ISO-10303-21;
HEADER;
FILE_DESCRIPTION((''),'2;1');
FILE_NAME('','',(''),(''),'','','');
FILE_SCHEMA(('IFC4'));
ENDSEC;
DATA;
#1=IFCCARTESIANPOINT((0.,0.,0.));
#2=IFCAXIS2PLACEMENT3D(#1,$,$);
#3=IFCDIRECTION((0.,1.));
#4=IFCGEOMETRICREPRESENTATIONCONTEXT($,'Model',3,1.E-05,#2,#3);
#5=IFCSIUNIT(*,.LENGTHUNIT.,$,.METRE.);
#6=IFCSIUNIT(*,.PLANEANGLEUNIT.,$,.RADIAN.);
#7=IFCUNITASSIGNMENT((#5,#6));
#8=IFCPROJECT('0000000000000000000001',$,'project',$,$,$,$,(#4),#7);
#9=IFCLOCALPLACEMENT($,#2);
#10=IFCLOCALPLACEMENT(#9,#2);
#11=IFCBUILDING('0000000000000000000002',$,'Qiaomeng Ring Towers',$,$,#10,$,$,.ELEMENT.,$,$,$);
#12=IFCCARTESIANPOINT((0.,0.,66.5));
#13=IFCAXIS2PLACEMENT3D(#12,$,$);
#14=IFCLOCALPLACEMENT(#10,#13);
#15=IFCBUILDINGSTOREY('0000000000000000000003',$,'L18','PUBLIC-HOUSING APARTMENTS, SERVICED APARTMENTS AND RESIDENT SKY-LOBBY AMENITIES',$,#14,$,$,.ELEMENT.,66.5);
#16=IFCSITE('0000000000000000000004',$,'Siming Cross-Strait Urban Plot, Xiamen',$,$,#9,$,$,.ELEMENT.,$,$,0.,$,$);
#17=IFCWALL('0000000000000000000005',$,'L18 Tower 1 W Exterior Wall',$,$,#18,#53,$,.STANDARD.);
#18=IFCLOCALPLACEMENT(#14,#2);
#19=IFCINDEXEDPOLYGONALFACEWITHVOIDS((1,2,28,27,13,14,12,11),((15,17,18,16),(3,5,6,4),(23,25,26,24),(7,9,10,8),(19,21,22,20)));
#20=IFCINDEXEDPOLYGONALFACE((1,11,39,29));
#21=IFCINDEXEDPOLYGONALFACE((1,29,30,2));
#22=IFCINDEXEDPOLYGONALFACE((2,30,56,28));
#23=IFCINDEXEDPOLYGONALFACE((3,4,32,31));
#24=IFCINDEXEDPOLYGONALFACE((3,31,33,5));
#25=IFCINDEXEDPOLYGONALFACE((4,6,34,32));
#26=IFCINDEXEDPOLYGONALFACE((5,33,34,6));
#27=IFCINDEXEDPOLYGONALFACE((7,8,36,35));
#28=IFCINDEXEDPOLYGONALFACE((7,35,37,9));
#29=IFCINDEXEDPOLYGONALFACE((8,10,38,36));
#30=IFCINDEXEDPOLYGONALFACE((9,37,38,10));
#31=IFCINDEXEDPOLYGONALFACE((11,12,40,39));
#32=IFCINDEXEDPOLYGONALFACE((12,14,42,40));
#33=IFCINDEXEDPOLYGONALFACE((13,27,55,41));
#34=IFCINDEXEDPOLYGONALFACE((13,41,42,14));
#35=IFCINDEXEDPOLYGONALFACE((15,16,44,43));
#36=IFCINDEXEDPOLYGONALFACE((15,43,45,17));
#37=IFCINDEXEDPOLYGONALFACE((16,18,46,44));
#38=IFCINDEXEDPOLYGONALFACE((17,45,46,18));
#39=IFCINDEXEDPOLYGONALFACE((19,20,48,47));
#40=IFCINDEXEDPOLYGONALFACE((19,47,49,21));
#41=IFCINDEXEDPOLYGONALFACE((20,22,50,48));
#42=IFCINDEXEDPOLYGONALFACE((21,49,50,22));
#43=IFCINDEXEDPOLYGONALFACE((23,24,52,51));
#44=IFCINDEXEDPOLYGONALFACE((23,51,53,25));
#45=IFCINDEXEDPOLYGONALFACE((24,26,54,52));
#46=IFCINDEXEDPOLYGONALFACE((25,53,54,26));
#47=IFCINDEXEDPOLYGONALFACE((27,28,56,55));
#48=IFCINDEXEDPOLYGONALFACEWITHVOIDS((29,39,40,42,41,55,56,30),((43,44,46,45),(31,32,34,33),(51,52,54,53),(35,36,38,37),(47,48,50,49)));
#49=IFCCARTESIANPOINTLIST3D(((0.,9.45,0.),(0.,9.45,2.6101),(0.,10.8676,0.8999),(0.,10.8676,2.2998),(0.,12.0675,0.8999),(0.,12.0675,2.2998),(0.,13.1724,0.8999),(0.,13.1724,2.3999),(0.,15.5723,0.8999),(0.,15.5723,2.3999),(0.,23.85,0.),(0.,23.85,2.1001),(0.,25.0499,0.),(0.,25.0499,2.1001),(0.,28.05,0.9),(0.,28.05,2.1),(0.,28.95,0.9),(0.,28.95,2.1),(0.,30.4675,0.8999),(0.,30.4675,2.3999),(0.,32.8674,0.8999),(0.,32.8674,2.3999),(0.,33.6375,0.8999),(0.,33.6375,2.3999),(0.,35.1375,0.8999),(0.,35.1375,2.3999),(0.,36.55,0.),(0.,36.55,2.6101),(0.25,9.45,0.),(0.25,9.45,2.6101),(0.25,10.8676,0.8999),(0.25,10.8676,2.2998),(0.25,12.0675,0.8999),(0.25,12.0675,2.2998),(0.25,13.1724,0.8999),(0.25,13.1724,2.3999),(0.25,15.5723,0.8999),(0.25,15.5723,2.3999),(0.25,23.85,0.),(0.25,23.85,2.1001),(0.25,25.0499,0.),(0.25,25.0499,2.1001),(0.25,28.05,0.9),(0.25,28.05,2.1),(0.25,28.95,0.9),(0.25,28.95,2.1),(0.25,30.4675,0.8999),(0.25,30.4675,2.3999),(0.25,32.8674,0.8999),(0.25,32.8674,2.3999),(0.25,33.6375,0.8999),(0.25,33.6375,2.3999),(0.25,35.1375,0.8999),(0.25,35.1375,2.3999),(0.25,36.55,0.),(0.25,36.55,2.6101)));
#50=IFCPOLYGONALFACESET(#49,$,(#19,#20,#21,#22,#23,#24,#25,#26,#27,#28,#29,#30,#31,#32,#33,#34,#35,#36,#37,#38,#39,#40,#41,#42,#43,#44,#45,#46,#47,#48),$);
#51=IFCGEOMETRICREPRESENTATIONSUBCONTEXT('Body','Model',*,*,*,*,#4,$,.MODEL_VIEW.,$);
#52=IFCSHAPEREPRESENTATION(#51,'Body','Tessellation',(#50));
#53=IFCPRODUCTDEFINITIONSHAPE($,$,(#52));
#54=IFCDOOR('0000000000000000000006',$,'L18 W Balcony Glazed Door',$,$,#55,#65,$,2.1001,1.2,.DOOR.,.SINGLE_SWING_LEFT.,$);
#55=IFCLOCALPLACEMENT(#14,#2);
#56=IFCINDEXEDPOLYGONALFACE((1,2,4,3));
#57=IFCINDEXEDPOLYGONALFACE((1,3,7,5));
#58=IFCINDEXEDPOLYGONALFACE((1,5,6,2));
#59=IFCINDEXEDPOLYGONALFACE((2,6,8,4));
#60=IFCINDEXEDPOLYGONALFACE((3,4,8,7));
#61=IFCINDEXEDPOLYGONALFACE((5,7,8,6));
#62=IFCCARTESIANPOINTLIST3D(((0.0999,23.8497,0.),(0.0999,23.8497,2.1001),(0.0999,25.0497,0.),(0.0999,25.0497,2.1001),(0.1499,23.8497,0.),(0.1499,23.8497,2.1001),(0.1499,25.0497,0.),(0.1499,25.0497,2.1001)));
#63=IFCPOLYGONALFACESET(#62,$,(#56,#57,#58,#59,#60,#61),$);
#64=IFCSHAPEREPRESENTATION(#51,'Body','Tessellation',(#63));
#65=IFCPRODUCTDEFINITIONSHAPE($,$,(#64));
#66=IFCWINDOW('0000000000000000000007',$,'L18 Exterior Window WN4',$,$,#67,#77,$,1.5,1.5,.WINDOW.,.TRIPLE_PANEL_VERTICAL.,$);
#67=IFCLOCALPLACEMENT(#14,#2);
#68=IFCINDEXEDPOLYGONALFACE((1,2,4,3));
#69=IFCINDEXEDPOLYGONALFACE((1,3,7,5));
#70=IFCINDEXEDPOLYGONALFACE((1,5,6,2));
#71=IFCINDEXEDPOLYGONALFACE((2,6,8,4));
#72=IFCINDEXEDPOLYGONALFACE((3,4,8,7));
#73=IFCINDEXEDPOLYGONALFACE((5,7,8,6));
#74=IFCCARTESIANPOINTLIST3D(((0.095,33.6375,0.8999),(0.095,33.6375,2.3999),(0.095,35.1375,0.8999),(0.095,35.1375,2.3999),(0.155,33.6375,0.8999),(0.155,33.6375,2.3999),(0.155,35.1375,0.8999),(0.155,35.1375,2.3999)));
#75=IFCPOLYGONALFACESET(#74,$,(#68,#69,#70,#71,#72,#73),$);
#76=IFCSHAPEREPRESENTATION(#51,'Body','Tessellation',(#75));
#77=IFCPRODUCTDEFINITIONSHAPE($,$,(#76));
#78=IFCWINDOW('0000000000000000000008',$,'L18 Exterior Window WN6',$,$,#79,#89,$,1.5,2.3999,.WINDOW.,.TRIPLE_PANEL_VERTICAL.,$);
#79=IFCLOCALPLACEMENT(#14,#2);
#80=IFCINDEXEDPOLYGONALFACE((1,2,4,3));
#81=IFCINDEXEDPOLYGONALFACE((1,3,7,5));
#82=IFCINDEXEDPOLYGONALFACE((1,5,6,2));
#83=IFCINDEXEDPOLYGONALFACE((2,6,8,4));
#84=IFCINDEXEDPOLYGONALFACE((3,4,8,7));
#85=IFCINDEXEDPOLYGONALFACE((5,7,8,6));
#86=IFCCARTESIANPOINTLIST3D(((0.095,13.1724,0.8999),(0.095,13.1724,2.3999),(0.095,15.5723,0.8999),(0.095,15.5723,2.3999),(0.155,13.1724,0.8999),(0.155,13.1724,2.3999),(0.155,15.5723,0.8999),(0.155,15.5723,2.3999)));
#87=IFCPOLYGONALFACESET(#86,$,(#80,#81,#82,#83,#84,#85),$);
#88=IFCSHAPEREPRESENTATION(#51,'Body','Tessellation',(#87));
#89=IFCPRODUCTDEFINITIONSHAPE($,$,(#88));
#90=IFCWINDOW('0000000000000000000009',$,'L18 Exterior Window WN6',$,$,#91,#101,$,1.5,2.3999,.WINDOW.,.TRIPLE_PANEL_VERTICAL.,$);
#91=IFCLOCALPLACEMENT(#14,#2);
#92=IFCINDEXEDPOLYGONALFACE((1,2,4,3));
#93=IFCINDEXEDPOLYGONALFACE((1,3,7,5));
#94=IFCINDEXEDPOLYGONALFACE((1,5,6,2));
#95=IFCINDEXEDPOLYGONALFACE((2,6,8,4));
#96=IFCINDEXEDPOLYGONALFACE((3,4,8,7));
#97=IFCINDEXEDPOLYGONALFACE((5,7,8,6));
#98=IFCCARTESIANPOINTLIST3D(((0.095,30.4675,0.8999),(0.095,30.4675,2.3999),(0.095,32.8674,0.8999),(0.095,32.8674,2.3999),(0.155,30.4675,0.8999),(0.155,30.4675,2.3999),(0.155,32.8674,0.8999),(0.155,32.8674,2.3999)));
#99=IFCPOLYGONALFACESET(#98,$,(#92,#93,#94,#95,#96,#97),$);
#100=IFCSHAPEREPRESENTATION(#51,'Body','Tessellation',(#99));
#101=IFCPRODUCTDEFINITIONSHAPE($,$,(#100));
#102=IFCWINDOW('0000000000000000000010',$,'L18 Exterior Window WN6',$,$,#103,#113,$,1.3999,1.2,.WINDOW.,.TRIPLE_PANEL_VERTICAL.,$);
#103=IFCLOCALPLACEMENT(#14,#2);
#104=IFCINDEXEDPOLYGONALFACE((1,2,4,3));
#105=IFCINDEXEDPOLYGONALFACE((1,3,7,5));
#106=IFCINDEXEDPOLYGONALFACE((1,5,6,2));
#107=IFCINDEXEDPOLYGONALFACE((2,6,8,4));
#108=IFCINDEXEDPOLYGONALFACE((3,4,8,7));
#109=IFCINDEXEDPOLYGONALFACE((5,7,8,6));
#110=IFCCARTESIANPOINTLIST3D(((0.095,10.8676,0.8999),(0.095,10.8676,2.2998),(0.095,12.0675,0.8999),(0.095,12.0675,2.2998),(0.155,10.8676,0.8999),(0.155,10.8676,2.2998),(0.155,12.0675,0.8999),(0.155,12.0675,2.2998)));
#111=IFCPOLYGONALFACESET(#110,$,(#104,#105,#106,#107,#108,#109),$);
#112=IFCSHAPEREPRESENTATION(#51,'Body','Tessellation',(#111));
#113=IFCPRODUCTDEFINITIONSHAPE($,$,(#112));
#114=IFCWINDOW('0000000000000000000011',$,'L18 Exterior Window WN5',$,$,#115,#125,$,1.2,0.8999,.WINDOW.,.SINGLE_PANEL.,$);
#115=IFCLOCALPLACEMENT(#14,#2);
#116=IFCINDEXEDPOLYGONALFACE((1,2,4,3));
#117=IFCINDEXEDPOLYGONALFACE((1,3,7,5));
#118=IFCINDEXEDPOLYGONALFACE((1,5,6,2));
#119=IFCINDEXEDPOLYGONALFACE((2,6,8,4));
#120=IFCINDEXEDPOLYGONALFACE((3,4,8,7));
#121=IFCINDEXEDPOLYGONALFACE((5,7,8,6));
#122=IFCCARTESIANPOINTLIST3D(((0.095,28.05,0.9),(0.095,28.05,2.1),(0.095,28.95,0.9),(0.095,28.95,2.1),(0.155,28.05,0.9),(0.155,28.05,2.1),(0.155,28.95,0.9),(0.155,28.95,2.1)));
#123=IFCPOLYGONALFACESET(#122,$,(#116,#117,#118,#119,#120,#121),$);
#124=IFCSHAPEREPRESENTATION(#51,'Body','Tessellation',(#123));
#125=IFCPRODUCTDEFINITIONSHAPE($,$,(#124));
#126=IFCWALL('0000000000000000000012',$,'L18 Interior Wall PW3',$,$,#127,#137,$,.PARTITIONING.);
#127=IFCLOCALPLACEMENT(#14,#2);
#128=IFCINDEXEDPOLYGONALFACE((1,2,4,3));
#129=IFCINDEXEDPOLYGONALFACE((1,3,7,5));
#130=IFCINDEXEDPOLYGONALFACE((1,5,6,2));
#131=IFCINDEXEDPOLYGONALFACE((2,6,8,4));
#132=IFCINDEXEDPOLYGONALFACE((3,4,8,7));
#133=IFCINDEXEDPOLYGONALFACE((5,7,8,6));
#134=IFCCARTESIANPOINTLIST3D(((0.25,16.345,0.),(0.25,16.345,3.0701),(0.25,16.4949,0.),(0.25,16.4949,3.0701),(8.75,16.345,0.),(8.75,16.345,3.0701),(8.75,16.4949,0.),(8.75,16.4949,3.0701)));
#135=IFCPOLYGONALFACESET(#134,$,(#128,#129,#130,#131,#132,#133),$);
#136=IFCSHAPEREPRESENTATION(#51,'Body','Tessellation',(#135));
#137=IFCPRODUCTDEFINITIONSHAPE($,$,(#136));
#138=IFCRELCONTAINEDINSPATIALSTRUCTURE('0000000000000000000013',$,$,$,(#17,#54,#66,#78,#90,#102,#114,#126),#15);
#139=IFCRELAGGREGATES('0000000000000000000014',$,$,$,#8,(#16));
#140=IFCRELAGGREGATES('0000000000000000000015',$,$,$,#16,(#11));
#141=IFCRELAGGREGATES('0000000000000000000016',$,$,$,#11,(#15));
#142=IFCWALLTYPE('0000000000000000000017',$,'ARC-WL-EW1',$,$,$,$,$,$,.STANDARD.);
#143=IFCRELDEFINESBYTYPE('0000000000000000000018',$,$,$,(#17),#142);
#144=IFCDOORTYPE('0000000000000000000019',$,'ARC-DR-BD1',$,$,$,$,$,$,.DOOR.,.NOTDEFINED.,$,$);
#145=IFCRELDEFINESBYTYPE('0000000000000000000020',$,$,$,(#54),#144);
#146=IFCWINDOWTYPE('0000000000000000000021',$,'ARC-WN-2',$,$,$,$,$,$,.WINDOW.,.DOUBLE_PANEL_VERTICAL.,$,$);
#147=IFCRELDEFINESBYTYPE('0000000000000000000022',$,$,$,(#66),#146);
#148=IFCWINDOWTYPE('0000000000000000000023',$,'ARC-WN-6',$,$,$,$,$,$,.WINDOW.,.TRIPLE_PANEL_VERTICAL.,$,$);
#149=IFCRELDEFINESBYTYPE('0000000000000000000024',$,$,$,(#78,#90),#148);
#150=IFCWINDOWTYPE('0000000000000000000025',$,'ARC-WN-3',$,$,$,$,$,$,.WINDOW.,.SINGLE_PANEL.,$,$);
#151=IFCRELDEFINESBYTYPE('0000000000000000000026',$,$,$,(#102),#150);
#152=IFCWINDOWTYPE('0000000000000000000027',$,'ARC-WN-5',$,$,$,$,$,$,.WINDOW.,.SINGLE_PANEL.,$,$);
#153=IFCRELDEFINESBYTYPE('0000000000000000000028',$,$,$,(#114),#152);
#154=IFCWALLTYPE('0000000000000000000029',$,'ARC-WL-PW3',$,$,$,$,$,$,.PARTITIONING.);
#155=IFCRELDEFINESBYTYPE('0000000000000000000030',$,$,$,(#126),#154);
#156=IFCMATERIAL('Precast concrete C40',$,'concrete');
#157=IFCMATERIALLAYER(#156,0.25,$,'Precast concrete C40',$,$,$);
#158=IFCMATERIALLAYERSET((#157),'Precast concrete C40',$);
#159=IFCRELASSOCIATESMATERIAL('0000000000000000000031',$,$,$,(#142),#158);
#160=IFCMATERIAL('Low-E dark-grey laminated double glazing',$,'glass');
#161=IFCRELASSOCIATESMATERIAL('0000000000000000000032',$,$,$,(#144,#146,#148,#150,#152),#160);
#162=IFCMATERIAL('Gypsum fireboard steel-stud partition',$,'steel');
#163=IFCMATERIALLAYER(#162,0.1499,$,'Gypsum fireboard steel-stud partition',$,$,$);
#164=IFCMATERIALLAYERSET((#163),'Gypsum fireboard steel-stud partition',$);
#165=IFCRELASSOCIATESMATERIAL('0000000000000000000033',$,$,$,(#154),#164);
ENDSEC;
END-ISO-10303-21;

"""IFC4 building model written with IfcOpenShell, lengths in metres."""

from ifc_helpers import new_model, si_unit, direction, frame, frame_2d, origin, place, context, subcontext, project, spatial, rectangle, extrude, source, transform, mapped, material, layer, layer_set, type_object, element, fill, save


model = new_model("IFC4")

# Units and contexts
model_context = context("Model", 3, precision=1e-05, world=origin(), true_north=direction((0.0, 1.0)))
body_context = subcontext(model_context, "Body", "Model", "MODEL_VIEW")
ifc_project = project(units=[si_unit("LENGTHUNIT", "METRE"), si_unit("PLANEANGLEUNIT", "RADIAN")], contexts=[model_context])

# Site, building, storey
site_placement = place(None, origin())
site = spatial("IfcSite", under=ifc_project, at=site_placement, Name="Siming Cross-Strait Urban Plot, Xiamen", CompositionType="ELEMENT", RefElevation=0.0)
building_placement = place(site_placement, origin())
building = spatial("IfcBuilding", under=site, at=building_placement, Name="Qiaomeng Ring Towers", CompositionType="ELEMENT")
storey_placement = place(building_placement, frame((0.0, 0.0, 66.5)))
storey = spatial("IfcBuildingStorey", under=building, at=storey_placement, Name="L18", Description="PUBLIC-HOUSING APARTMENTS, SERVICED APARTMENTS AND RESIDENT SKY-LOBBY AMENITIES", CompositionType="ELEMENT", Elevation=66.5)

# Wall, openings, door, windows
ifc_material_1 = material(Name="Precast concrete C40", Category="concrete")
ifc_layer_1 = layer(ifc_material_1, 0.25, Name="Precast concrete C40")
ifc_layer_set_1 = layer_set([ifc_layer_1], Name="Precast concrete C40")
wall_type_1 = type_object("IfcWallType", Name="ARC-WL-EW1", PredefinedType="STANDARD", material=ifc_layer_set_1)
wall_1_placement = place(storey_placement, frame((0.125, 9.45, 0.0), z_axis=(0.0, 0.0, 1.0), x_axis=(0.0, 1.0, 0.0)))
wall_1 = element("IfcWall", 1, at=wall_1_placement, inside=storey, type_object=wall_type_1, Name="L18 Tower 1 W Exterior Wall", PredefinedType="STANDARD", context=body_context, shape_type="SweptSolid", body=[
    extrude(rectangle(XDim=27.1001, YDim=0.25, at=frame_2d((13.55, 0.0))), origin(), (0.0, 0.0, 1.0), 2.6101),
])
opening_1_placement = place(wall_1_placement, frame((14.3999, 0.0, 0.0)))
opening_1 = element("IfcOpeningElement", 2, at=opening_1_placement, cuts=wall_1, PredefinedType="OPENING", context=body_context, shape_type="SweptSolid", body=[
    extrude(rectangle(XDim=1.2, YDim=2.1001, at=frame_2d((0.6001, 1.05))), frame((0.0, 0.135, 0.0), z_axis=(0.0, -1.0, 0.0), x_axis=(1.0, 0.0, 0.0)), (0.0, 0.0, 1.0), 0.27),
])
opening_2_placement = place(wall_1_placement, frame((1.4175, 0.0, 0.8999)))
opening_2 = element("IfcOpeningElement", 3, at=opening_2_placement, cuts=wall_1, PredefinedType="OPENING", context=body_context, shape_type="SweptSolid", body=[
    extrude(rectangle(XDim=1.2, YDim=1.3999, at=frame_2d((0.6001, 0.7))), frame((0.0, 0.135, 0.0), z_axis=(0.0, -1.0, 0.0), x_axis=(1.0, 0.0, 0.0)), (0.0, 0.0, 1.0), 0.27),
])
opening_3_placement = place(wall_1_placement, frame((24.1875, 0.0, 0.8999)))
opening_3 = element("IfcOpeningElement", 4, at=opening_3_placement, cuts=wall_1, PredefinedType="OPENING", context=body_context, shape_type="SweptSolid", body=[
    extrude(rectangle(XDim=1.5, YDim=1.5, at=frame_2d((0.75, 0.75))), frame((0.0, 0.135, 0.0), z_axis=(0.0, -1.0, 0.0), x_axis=(1.0, 0.0, 0.0)), (0.0, 0.0, 1.0), 0.27),
])
opening_4_placement = place(wall_1_placement, frame((3.7224, 0.0, 0.8999)))
opening_4 = element("IfcOpeningElement", 5, at=opening_4_placement, cuts=wall_1, PredefinedType="OPENING", context=body_context, shape_type="SweptSolid", body=[
    extrude(rectangle(XDim=2.3999, YDim=1.5, at=frame_2d((1.2, 0.75))), frame((0.0, 0.135, 0.0), z_axis=(0.0, -1.0, 0.0), x_axis=(1.0, 0.0, 0.0)), (0.0, 0.0, 1.0), 0.27),
])
opening_5_placement = place(wall_1_placement, frame((21.0176, 0.0, 0.8999)))
opening_5 = element("IfcOpeningElement", 6, at=opening_5_placement, cuts=wall_1, PredefinedType="OPENING", context=body_context, shape_type="SweptSolid", body=[
    extrude(rectangle(XDim=2.3999, YDim=1.5, at=frame_2d((1.2, 0.75))), frame((0.0, 0.135, 0.0), z_axis=(0.0, -1.0, 0.0), x_axis=(1.0, 0.0, 0.0)), (0.0, 0.0, 1.0), 0.27),
])
opening_6_placement = place(wall_1_placement, frame((18.6001, 0.0, 0.8999)))
opening_6 = element("IfcOpeningElement", 7, at=opening_6_placement, cuts=wall_1, PredefinedType="OPENING", context=body_context, shape_type="SweptSolid", body=[
    extrude(rectangle(XDim=0.8999, YDim=1.2, at=frame_2d((0.45, 0.6001))), frame((0.0, 0.135, 0.0), z_axis=(0.0, -1.0, 0.0), x_axis=(1.0, 0.0, 0.0)), (0.0, 0.0, 1.0), 0.27),
])
ifc_material_2 = material(Name="Low-E dark-grey laminated double glazing", Category="glass")
door_type_1 = type_object("IfcDoorType", Name="ARC-DR-BD1", OperationType="NOTDEFINED", PredefinedType="DOOR", material=ifc_material_2)
shared_shape_1 = source(origin(), body_context, "Body", "SweptSolid", [
    extrude(rectangle(XDim=1.2, YDim=2.1001, at=frame_2d((0.6001, 1.05))), frame((0.0, 0.0249, 0.0), z_axis=(0.0, -1.0, 0.0), x_axis=(1.0, 0.0, 0.0)), (0.0, 0.0, 1.0), 0.05),
])
door_1_placement = place(opening_1_placement, frame((1.2, 0.0, 0.0), z_axis=(0.0, 0.0, 1.0), x_axis=(-1.0, 0.0, 0.0)))
door_1 = element("IfcDoor", 8, at=door_1_placement, inside=storey, type_object=door_type_1, Name="L18 W Balcony Glazed Door", OperationType="SINGLE_SWING_LEFT", OverallHeight=2.1001, OverallWidth=1.2, PredefinedType="DOOR", context=body_context, shape_type="MappedRepresentation", body=[
    mapped(shared_shape_1, transform((0.0, 0.0, 0.0), x_axis=(1.0, 0.0, 0.0), y_axis=(0.0, 1.0, 0.0), z_axis=(0.0, 0.0, 1.0), scale=1.0)),
])
fill(opening_1, door_1)
window_type_1 = type_object("IfcWindowType", Name="ARC-WN-2", PartitioningType="DOUBLE_PANEL_VERTICAL", PredefinedType="WINDOW", material=ifc_material_2)
shared_shape_2 = source(origin(), body_context, "Body", "SweptSolid", [
    extrude(rectangle(XDim=1.5, YDim=1.5, at=frame_2d((0.75, 0.75))), frame((0.0, 0.03, 0.0), z_axis=(0.0, -1.0, 0.0), x_axis=(1.0, 0.0, 0.0)), (0.0, 0.0, 1.0), 0.0601),
])
window_1_placement = place(opening_3_placement, origin())
window_1 = element("IfcWindow", 9, at=window_1_placement, inside=storey, type_object=window_type_1, Name="L18 Exterior Window WN4", OverallHeight=1.5, OverallWidth=1.5, PartitioningType="TRIPLE_PANEL_VERTICAL", PredefinedType="WINDOW", context=body_context, shape_type="MappedRepresentation", body=[
    mapped(shared_shape_2, transform((0.0, 0.0, 0.0), x_axis=(1.0, 0.0, 0.0), y_axis=(0.0, 1.0, 0.0), z_axis=(0.0, 0.0, 1.0), scale=1.0)),
])
fill(opening_3, window_1)
window_type_2 = type_object("IfcWindowType", Name="ARC-WN-6", PartitioningType="TRIPLE_PANEL_VERTICAL", PredefinedType="WINDOW", material=ifc_material_2)
shared_shape_3 = source(origin(), body_context, "Body", "SweptSolid", [
    extrude(rectangle(XDim=2.3999, YDim=1.5, at=frame_2d((1.2, 0.75))), frame((0.0, 0.03, 0.0), z_axis=(0.0, -1.0, 0.0), x_axis=(1.0, 0.0, 0.0)), (0.0, 0.0, 1.0), 0.0601),
])
window_2_placement = place(opening_4_placement, origin())
window_2 = element("IfcWindow", 10, at=window_2_placement, inside=storey, type_object=window_type_2, Name="L18 Exterior Window WN6", OverallHeight=1.5, OverallWidth=2.3999, PartitioningType="TRIPLE_PANEL_VERTICAL", PredefinedType="WINDOW", context=body_context, shape_type="MappedRepresentation", body=[
    mapped(shared_shape_3, transform((0.0, 0.0, 0.0), x_axis=(1.0, 0.0, 0.0), y_axis=(0.0, 1.0, 0.0), z_axis=(0.0, 0.0, 1.0), scale=1.0)),
])
fill(opening_4, window_2)
window_3_placement = place(opening_5_placement, origin())
window_3 = element("IfcWindow", 11, at=window_3_placement, inside=storey, type_object=window_type_2, Name="L18 Exterior Window WN6", OverallHeight=1.5, OverallWidth=2.3999, PartitioningType="TRIPLE_PANEL_VERTICAL", PredefinedType="WINDOW", context=body_context, shape_type="MappedRepresentation", body=[
    mapped(shared_shape_3, transform((0.0, 0.0, 0.0), x_axis=(1.0, 0.0, 0.0), y_axis=(0.0, 1.0, 0.0), z_axis=(0.0, 0.0, 1.0), scale=1.0)),
])
fill(opening_5, window_3)
window_type_3 = type_object("IfcWindowType", Name="ARC-WN-3", PartitioningType="SINGLE_PANEL", PredefinedType="WINDOW", material=ifc_material_2)
shared_shape_4 = source(origin(), body_context, "Body", "SweptSolid", [
    extrude(rectangle(XDim=1.2, YDim=1.3999, at=frame_2d((0.6001, 0.7))), frame((0.0, 0.03, 0.0), z_axis=(0.0, -1.0, 0.0), x_axis=(1.0, 0.0, 0.0)), (0.0, 0.0, 1.0), 0.0601),
])
window_4_placement = place(opening_2_placement, origin())
window_4 = element("IfcWindow", 12, at=window_4_placement, inside=storey, type_object=window_type_3, Name="L18 Exterior Window WN6", OverallHeight=1.3999, OverallWidth=1.2, PartitioningType="TRIPLE_PANEL_VERTICAL", PredefinedType="WINDOW", context=body_context, shape_type="MappedRepresentation", body=[
    mapped(shared_shape_4, transform((0.0, 0.0, 0.0), x_axis=(1.0, 0.0, 0.0), y_axis=(0.0, 1.0, 0.0), z_axis=(0.0, 0.0, 1.0), scale=1.0)),
])
fill(opening_2, window_4)
window_type_4 = type_object("IfcWindowType", Name="ARC-WN-5", PartitioningType="SINGLE_PANEL", PredefinedType="WINDOW", material=ifc_material_2)
shared_shape_5 = source(origin(), body_context, "Body", "SweptSolid", [
    extrude(rectangle(XDim=0.8999, YDim=1.2, at=frame_2d((0.45, 0.6001))), frame((0.0, 0.03, 0.0), z_axis=(0.0, -1.0, 0.0), x_axis=(1.0, 0.0, 0.0)), (0.0, 0.0, 1.0), 0.0601),
])
window_5_placement = place(opening_6_placement, origin())
window_5 = element("IfcWindow", 13, at=window_5_placement, inside=storey, type_object=window_type_4, Name="L18 Exterior Window WN5", OverallHeight=1.2, OverallWidth=0.8999, PartitioningType="SINGLE_PANEL", PredefinedType="WINDOW", context=body_context, shape_type="MappedRepresentation", body=[
    mapped(shared_shape_5, transform((0.0, 0.0, 0.0), x_axis=(1.0, 0.0, 0.0), y_axis=(0.0, 1.0, 0.0), z_axis=(0.0, 0.0, 1.0), scale=1.0)),
])
fill(opening_6, window_5)

# Wall
ifc_material_3 = material(Name="Gypsum fireboard steel-stud partition", Category="steel")
ifc_layer_2 = layer(ifc_material_3, 0.1499, Name="Gypsum fireboard steel-stud partition")
ifc_layer_set_2 = layer_set([ifc_layer_2], Name="Gypsum fireboard steel-stud partition")
wall_type_2 = type_object("IfcWallType", Name="ARC-WL-PW3", PredefinedType="PARTITIONING", material=ifc_layer_set_2)
wall_2_placement = place(storey_placement, frame((0.25, 16.4199, 0.0), z_axis=(0.0, 0.0, 1.0), x_axis=(1.0, 0.0, 0.0)))
element("IfcWall", 14, at=wall_2_placement, inside=storey, type_object=wall_type_2, Name="L18 Interior Wall PW3", PredefinedType="PARTITIONING", context=body_context, shape_type="SweptSolid", body=[
    extrude(rectangle(XDim=8.5, YDim=0.1499, at=frame_2d((4.25, 0.0))), origin(), (0.0, 0.0, 1.0), 3.0701),
])

save(model, "model.ifc")
